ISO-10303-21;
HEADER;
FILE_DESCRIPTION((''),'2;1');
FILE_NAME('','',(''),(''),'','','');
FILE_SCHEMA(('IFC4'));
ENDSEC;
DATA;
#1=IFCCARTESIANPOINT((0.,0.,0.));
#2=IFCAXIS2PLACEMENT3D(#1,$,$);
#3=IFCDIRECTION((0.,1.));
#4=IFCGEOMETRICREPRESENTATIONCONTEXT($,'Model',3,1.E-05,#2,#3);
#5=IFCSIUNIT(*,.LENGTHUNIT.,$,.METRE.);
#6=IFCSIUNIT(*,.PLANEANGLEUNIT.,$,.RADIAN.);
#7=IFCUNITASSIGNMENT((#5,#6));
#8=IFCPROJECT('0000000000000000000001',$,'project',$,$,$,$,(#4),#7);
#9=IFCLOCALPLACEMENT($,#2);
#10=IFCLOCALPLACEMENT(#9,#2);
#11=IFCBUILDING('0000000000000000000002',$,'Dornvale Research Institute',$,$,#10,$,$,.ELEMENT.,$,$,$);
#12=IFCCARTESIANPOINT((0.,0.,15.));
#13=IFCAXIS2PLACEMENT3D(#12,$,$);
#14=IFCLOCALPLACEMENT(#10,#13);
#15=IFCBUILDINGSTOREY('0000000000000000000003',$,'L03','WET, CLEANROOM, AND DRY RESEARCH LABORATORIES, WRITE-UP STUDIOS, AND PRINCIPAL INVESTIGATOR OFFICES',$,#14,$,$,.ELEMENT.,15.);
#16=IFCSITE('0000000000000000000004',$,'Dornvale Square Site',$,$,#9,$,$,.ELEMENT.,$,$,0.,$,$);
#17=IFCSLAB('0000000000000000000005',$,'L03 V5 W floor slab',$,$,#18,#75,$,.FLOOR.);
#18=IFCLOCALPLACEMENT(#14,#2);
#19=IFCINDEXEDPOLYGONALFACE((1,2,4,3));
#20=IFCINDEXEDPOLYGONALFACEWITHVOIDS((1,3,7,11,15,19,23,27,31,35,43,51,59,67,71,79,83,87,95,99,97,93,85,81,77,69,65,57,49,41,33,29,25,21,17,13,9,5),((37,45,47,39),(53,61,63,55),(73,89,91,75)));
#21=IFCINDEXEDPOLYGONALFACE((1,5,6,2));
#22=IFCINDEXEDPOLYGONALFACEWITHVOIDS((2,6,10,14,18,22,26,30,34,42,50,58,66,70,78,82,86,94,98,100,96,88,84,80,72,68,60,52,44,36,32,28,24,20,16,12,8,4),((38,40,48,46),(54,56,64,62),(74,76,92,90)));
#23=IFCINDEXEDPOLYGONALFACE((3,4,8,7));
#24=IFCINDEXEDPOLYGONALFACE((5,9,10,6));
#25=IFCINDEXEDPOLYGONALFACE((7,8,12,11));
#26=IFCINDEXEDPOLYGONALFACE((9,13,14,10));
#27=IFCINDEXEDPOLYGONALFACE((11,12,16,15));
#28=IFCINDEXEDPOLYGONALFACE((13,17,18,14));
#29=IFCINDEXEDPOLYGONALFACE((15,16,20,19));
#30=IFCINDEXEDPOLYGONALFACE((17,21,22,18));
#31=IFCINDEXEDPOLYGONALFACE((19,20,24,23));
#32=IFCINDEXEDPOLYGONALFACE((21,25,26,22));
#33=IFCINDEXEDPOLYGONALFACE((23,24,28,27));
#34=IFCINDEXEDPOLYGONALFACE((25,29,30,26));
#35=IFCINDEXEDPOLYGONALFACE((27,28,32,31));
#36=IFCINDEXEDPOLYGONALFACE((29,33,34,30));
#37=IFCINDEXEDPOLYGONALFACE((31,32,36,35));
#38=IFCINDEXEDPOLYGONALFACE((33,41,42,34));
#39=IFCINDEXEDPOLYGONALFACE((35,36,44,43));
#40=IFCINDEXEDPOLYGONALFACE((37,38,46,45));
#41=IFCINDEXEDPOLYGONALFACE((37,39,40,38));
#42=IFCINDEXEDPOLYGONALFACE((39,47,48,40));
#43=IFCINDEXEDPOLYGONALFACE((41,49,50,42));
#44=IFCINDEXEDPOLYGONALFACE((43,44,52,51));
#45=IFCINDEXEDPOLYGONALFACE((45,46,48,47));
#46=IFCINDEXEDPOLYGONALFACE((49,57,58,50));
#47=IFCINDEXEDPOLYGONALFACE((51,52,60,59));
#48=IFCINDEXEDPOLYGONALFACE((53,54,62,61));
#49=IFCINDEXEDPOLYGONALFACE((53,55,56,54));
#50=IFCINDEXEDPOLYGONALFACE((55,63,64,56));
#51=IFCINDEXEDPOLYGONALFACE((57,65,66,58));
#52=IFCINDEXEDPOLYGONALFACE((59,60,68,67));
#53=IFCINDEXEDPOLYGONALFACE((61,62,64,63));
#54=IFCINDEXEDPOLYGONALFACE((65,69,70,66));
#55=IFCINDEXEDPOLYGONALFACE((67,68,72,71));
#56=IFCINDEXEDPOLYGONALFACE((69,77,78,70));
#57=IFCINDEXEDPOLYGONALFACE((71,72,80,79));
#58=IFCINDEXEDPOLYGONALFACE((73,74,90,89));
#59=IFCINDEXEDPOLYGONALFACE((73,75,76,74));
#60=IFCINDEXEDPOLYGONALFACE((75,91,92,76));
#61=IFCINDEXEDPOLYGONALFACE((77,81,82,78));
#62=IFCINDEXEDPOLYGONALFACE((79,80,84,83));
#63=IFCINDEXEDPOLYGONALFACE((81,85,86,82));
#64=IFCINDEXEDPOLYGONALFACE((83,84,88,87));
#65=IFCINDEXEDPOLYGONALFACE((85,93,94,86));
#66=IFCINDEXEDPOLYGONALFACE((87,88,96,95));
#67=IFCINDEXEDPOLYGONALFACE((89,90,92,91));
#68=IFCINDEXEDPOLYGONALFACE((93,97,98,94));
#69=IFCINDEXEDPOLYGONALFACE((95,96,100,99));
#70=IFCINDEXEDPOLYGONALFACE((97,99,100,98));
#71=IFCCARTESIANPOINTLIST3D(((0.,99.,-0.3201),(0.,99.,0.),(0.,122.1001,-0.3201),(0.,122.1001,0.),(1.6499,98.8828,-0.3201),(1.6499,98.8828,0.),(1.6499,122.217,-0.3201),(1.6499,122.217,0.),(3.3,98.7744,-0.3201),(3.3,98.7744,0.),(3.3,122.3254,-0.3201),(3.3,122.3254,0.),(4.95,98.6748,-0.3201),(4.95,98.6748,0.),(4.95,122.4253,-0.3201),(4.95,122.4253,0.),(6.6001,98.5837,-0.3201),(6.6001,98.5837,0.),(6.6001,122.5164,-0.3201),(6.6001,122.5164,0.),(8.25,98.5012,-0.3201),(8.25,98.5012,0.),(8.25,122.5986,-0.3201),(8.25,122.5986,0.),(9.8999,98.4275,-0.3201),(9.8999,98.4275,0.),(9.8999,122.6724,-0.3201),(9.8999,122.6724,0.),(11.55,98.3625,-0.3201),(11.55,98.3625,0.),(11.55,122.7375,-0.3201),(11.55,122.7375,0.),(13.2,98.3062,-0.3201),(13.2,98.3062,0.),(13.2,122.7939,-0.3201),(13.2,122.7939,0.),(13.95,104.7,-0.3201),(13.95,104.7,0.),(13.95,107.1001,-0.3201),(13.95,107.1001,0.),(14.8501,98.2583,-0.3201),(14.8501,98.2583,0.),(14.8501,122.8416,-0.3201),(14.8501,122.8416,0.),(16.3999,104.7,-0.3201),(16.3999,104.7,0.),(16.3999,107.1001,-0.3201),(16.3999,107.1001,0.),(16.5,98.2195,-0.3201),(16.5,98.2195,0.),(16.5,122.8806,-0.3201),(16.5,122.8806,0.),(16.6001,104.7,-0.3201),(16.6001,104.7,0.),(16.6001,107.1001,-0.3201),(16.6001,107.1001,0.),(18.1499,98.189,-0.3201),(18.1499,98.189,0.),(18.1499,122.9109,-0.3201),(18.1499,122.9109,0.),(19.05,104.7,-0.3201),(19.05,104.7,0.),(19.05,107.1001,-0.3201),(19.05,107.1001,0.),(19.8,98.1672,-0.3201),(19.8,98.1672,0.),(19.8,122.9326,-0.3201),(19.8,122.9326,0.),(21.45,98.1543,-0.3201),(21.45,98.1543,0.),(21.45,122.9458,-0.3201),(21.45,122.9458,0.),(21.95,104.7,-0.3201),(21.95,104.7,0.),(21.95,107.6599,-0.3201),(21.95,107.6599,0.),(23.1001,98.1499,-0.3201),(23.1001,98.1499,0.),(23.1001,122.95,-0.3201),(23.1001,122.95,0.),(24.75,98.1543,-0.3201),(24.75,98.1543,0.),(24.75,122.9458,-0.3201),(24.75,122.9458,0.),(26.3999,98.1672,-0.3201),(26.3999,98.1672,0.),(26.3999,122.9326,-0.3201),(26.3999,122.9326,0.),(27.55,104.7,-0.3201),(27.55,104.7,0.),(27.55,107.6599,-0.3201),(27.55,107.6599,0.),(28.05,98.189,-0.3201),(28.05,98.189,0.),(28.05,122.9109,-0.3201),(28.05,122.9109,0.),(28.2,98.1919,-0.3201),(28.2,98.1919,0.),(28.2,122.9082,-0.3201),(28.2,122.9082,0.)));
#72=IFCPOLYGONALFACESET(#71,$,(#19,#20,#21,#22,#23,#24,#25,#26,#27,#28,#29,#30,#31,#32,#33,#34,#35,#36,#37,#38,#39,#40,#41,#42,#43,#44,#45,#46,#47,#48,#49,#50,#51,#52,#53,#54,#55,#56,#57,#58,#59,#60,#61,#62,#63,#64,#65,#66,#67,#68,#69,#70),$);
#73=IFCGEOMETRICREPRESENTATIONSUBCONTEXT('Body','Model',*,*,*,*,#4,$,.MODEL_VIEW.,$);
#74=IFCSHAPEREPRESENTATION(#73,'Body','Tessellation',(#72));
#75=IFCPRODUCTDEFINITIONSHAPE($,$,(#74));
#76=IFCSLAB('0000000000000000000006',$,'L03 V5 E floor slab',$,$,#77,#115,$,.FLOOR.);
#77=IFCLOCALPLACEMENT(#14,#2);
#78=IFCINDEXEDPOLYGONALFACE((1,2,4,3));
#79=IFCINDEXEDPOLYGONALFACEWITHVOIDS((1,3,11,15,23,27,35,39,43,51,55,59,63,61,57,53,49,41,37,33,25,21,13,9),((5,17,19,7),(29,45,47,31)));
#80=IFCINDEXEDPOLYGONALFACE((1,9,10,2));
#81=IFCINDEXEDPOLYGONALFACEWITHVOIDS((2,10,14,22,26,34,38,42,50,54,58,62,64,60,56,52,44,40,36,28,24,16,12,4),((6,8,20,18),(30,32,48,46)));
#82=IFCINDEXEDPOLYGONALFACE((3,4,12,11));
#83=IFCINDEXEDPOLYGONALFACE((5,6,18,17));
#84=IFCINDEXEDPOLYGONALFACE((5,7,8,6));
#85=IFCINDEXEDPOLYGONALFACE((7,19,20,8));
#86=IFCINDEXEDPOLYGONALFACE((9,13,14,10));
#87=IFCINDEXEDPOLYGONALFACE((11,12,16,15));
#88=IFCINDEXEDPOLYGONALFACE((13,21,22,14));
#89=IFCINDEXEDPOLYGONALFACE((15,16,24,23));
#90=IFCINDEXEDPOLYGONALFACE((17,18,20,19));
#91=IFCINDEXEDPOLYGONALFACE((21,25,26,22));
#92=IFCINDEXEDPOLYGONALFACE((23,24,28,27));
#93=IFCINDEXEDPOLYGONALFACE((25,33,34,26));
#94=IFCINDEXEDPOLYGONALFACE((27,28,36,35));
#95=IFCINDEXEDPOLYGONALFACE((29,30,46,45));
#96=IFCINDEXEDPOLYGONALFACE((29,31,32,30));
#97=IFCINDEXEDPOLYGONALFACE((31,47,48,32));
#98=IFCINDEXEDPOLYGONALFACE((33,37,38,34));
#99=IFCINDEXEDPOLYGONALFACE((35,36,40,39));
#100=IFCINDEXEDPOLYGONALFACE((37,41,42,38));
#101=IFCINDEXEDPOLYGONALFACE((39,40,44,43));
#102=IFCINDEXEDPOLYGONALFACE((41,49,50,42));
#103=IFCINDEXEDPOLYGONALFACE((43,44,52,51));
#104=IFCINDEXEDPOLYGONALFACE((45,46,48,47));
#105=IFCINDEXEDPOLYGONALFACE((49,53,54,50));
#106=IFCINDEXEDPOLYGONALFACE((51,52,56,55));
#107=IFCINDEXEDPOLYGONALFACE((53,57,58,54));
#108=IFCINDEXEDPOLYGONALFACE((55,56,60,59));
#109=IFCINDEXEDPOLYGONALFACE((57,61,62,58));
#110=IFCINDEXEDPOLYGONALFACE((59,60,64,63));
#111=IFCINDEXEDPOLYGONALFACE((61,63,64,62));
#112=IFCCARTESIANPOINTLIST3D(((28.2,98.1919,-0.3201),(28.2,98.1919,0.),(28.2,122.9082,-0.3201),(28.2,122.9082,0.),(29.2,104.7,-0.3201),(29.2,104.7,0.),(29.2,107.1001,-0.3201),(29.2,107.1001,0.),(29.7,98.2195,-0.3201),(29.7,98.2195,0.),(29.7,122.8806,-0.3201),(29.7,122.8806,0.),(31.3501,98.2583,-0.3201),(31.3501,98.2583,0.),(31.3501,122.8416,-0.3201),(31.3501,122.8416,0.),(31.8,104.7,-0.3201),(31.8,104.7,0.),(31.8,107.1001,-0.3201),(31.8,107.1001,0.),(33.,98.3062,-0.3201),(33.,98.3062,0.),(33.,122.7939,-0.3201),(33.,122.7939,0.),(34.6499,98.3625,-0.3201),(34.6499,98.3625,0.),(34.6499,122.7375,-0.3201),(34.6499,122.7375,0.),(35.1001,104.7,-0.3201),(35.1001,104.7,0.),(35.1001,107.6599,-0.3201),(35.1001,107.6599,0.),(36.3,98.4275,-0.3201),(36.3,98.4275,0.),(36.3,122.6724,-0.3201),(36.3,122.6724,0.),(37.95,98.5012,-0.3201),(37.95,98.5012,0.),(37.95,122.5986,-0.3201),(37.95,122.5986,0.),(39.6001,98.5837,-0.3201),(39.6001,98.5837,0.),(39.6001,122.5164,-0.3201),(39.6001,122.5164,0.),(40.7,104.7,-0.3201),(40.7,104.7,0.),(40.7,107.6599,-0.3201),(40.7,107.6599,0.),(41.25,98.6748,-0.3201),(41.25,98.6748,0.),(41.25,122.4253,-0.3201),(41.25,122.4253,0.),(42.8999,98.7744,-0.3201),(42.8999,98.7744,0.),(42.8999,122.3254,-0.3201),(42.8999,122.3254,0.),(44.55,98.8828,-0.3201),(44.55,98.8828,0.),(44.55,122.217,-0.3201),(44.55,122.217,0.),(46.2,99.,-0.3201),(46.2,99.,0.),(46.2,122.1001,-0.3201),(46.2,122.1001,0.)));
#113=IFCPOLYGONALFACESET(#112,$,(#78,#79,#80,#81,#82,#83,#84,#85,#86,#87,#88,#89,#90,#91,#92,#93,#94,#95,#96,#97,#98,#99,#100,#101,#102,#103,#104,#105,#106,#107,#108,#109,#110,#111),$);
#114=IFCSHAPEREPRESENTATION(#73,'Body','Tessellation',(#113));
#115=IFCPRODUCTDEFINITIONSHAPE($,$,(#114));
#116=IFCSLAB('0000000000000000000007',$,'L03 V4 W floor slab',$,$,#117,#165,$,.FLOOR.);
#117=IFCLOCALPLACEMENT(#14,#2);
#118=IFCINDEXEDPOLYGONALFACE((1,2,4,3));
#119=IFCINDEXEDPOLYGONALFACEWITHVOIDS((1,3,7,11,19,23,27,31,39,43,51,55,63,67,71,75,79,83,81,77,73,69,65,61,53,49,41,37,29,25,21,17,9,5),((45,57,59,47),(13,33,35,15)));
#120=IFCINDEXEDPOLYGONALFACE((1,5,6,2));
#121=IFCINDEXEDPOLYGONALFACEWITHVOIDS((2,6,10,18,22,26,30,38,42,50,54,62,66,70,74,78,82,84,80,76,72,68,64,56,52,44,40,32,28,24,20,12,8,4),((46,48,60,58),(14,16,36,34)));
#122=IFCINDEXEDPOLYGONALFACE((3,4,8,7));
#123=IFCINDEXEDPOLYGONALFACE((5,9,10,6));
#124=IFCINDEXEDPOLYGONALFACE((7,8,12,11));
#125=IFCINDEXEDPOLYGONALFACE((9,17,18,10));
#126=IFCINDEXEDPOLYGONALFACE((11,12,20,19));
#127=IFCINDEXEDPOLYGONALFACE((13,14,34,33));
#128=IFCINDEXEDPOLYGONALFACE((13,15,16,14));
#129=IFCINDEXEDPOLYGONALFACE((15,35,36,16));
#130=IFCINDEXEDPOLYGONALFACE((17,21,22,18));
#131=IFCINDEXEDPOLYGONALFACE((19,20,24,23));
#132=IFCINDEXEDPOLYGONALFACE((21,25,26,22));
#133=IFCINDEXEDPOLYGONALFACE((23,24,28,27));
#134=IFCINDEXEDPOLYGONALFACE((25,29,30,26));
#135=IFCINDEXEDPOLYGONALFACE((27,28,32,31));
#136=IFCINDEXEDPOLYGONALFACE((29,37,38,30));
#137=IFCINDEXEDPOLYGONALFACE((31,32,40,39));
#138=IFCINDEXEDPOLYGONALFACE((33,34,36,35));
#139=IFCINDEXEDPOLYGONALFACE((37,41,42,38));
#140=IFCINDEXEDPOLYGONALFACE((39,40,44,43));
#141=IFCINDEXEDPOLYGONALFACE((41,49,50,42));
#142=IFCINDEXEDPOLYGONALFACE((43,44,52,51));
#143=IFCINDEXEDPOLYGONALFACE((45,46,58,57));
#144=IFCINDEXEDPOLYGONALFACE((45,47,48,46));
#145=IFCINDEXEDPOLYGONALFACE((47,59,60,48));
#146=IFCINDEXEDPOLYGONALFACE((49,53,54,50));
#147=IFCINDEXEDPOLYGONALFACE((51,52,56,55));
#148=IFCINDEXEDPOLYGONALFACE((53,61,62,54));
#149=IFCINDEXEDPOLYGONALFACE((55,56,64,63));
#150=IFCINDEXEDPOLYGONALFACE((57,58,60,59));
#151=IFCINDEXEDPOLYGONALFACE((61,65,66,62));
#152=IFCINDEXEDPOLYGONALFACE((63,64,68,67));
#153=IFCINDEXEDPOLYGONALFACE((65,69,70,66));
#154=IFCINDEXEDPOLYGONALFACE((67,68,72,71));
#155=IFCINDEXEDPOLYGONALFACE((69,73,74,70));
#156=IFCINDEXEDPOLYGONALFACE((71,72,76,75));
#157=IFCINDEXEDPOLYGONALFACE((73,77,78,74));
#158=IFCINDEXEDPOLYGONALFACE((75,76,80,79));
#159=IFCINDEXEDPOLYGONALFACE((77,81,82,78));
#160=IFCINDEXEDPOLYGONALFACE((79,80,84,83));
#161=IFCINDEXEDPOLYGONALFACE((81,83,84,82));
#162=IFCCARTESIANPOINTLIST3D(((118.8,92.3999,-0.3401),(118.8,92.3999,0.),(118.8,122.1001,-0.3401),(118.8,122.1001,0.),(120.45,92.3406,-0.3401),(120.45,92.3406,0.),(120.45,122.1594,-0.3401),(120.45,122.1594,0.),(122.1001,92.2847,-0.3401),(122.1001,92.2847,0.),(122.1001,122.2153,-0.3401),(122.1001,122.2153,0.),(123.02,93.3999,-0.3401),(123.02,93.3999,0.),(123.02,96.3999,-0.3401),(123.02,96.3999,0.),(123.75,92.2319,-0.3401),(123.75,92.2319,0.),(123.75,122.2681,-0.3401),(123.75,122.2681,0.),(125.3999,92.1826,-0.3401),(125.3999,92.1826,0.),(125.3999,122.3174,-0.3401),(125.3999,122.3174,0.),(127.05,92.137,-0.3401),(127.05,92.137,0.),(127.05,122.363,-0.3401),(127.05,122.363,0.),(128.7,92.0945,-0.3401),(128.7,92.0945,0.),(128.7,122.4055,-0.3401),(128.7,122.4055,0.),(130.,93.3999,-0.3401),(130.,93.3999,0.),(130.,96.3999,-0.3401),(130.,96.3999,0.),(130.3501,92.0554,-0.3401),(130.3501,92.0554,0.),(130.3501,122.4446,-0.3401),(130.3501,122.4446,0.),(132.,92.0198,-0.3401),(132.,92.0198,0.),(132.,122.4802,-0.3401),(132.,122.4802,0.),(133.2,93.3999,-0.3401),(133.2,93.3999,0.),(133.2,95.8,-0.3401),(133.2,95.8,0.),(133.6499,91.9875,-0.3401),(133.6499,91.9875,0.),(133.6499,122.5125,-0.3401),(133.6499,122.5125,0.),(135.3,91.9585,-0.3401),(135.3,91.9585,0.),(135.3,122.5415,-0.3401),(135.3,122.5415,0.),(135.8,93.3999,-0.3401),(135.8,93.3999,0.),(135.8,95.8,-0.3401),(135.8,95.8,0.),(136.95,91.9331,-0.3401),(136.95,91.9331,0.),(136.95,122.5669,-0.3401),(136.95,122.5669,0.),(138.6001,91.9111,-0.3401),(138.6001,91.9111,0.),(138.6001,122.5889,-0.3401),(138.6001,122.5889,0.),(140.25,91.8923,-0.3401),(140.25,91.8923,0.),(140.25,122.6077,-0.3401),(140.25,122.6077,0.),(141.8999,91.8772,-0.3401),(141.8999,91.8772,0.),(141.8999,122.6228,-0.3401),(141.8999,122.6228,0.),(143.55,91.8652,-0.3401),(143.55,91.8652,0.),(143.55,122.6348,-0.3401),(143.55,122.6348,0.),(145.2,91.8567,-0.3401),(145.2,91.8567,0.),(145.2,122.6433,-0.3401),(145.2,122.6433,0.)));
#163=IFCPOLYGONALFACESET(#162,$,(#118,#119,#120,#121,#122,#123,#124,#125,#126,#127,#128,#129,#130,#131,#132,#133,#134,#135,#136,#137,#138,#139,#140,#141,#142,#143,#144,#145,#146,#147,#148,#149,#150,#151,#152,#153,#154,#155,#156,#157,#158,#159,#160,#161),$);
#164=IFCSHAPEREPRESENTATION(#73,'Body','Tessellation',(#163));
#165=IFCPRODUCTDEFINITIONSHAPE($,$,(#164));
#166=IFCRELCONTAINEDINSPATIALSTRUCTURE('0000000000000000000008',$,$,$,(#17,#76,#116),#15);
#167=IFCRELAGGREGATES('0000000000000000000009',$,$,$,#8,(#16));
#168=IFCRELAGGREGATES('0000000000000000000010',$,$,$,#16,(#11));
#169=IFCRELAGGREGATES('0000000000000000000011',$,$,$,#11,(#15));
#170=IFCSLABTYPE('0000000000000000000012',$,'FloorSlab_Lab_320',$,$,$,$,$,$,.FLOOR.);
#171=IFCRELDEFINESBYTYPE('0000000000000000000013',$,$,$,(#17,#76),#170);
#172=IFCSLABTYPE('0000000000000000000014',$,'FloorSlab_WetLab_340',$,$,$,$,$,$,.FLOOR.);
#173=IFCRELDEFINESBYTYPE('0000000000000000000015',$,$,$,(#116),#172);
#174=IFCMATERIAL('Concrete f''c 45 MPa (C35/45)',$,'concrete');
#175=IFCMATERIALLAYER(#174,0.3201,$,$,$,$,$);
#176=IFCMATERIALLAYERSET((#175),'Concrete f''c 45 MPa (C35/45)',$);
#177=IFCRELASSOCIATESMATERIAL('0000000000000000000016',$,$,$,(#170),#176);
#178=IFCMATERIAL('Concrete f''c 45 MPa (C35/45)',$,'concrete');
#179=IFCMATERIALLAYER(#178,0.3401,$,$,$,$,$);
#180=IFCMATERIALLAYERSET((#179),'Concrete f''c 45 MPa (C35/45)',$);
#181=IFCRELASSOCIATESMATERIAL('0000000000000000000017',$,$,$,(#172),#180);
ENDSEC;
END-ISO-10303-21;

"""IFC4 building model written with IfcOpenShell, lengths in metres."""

from ifc_helpers import new_model, si_unit, direction, frame, origin, place, context, subcontext, project, spatial, polyline, outline, extrude, material, layer, layer_set, type_object, element, save


model = new_model("IFC4")

# Units and contexts
model_context = context("Model", 3, precision=1e-05, world=origin(), true_north=direction((0.0, 1.0)))
body_context = subcontext(model_context, "Body", "Model", "MODEL_VIEW")
ifc_project = project(units=[si_unit("LENGTHUNIT", "METRE"), si_unit("PLANEANGLEUNIT", "RADIAN")], contexts=[model_context])

# Site, building, storey
site_placement = place(None, origin())
site = spatial("IfcSite", under=ifc_project, at=site_placement, Name="Dornvale Square Site", CompositionType="ELEMENT", RefElevation=0.0)
building_placement = place(site_placement, origin())
building = spatial("IfcBuilding", under=site, at=building_placement, Name="Dornvale Research Institute", CompositionType="ELEMENT")
storey_placement = place(building_placement, frame((0.0, 0.0, 15.0)))
storey = spatial("IfcBuildingStorey", under=building, at=storey_placement, Name="L03", Description="WET, CLEANROOM, AND DRY RESEARCH LABORATORIES, WRITE-UP STUDIOS, AND PRINCIPAL INVESTIGATOR OFFICES", CompositionType="ELEMENT", Elevation=15.0)

# Slabs
ifc_material_1 = material(Name="Concrete f'c 45 MPa (C35/45)", Category="concrete")
ifc_layer_1 = layer(ifc_material_1, 0.3201)
ifc_layer_set_1 = layer_set([ifc_layer_1], Name="Concrete f'c 45 MPa (C35/45)")
slab_type_1 = type_object("IfcSlabType", Name="FloorSlab_Lab_320", PredefinedType="FLOOR", material=ifc_layer_set_1)
slab_1_placement = place(storey_placement, frame((0.0, 0.0, -0.3201)))
element("IfcSlab", 1, at=slab_1_placement, inside=storey, type_object=slab_type_1, Name="L03 V5 W floor slab", PredefinedType="FLOOR", context=body_context, shape_type="SweptSolid", body=[
    extrude(outline(polyline([(28.05, 98.189), (26.3999, 98.1672), (24.75, 98.1543), (23.1001, 98.1499), (21.45, 98.1543), (19.8, 98.1672), (18.1499, 98.189), (16.5, 98.2195), (14.8501, 98.2583), (13.2, 98.3062), (11.55, 98.3625), (9.8999, 98.4275), (8.25, 98.5012), (6.6001, 98.5837), (4.95, 98.6748), (3.3, 98.7744), (1.6499, 98.8828), (0.0, 99.0), (0.0, 122.1001), (1.6499, 122.217), (3.3, 122.3254), (4.95, 122.4253), (6.6001, 122.5164), (8.25, 122.5986), (9.8999, 122.6724), (11.55, 122.7375), (13.2, 122.7939), (14.8501, 122.8416), (16.5, 122.8806), (18.1499, 122.9109), (19.8, 122.9326), (21.45, 122.9458), (23.1001, 122.95), (24.75, 122.9458), (26.3999, 122.9326), (28.05, 122.9109), (28.2, 122.9082), (28.2, 98.1919), (28.05, 98.189)]), holes=[polyline([(21.95, 104.7), (27.55, 104.7), (27.55, 107.6599), (21.95, 107.6599), (21.95, 104.7)]), polyline([(13.95, 104.7), (16.3999, 104.7), (16.3999, 107.1001), (13.95, 107.1001), (13.95, 104.7)]), polyline([(16.6001, 104.7), (19.05, 104.7), (19.05, 107.1001), (16.6001, 107.1001), (16.6001, 104.7)])]), origin(), (0.0, 0.0, 1.0), 0.3201),
])
slab_2_placement = place(storey_placement, frame((0.0, 0.0, -0.3201)))
element("IfcSlab", 2, at=slab_2_placement, inside=storey, type_object=slab_type_1, Name="L03 V5 E floor slab", PredefinedType="FLOOR", context=body_context, shape_type="SweptSolid", body=[
    extrude(outline(polyline([(29.7, 122.8806), (31.3501, 122.8416), (33.0, 122.7939), (34.6499, 122.7375), (36.3, 122.6724), (37.95, 122.5986), (39.6001, 122.5164), (41.25, 122.4253), (42.8999, 122.3254), (44.55, 122.217), (46.2, 122.1001), (46.2, 99.0), (44.55, 98.8828), (42.8999, 98.7744), (41.25, 98.6748), (39.6001, 98.5837), (37.95, 98.5012), (36.3, 98.4275), (34.6499, 98.3625), (33.0, 98.3062), (31.3501, 98.2583), (29.7, 98.2195), (28.2, 98.1919), (28.2, 122.9082), (29.7, 122.8806)]), holes=[polyline([(35.1001, 104.7), (40.7, 104.7), (40.7, 107.6599), (35.1001, 107.6599), (35.1001, 104.7)]), polyline([(29.2, 104.7), (31.8, 104.7), (31.8, 107.1001), (29.2, 107.1001), (29.2, 104.7)])]), origin(), (0.0, 0.0, 1.0), 0.3201),
])
ifc_material_2 = material(Name="Concrete f'c 45 MPa (C35/45)", Category="concrete")
ifc_layer_2 = layer(ifc_material_2, 0.3401)
ifc_layer_set_2 = layer_set([ifc_layer_2], Name="Concrete f'c 45 MPa (C35/45)")
slab_type_2 = type_object("IfcSlabType", Name="FloorSlab_WetLab_340", PredefinedType="FLOOR", material=ifc_layer_set_2)
slab_3_placement = place(storey_placement, frame((0.0, 0.0, -0.3401)))
element("IfcSlab", 3, at=slab_3_placement, inside=storey, type_object=slab_type_2, Name="L03 V4 W floor slab", PredefinedType="FLOOR", context=body_context, shape_type="SweptSolid", body=[
    extrude(outline(polyline([(143.55, 91.8652), (141.8999, 91.8772), (140.25, 91.8923), (138.6001, 91.9111), (136.95, 91.9331), (135.3, 91.9585), (133.6499, 91.9875), (132.0, 92.0198), (130.3501, 92.0554), (128.7, 92.0945), (127.05, 92.137), (125.3999, 92.1826), (123.75, 92.2319), (122.1001, 92.2847), (120.45, 92.3406), (118.8, 92.3999), (118.8, 122.1001), (120.45, 122.1594), (122.1001, 122.2153), (123.75, 122.2681), (125.3999, 122.3174), (127.05, 122.363), (128.7, 122.4055), (130.3501, 122.4446), (132.0, 122.4802), (133.6499, 122.5125), (135.3, 122.5415), (136.95, 122.5669), (138.6001, 122.5889), (140.25, 122.6077), (141.8999, 122.6228), (143.55, 122.6348), (145.2, 122.6433), (145.2, 91.8567), (143.55, 91.8652)]), holes=[polyline([(123.02, 93.3999), (130.0, 93.3999), (130.0, 96.3999), (123.02, 96.3999), (123.02, 93.3999)]), polyline([(133.2, 93.3999), (135.8, 93.3999), (135.8, 95.8), (133.2, 95.8), (133.2, 93.3999)])]), origin(), (0.0, 0.0, 1.0), 0.3401),
])

save(model, "model.ifc")
